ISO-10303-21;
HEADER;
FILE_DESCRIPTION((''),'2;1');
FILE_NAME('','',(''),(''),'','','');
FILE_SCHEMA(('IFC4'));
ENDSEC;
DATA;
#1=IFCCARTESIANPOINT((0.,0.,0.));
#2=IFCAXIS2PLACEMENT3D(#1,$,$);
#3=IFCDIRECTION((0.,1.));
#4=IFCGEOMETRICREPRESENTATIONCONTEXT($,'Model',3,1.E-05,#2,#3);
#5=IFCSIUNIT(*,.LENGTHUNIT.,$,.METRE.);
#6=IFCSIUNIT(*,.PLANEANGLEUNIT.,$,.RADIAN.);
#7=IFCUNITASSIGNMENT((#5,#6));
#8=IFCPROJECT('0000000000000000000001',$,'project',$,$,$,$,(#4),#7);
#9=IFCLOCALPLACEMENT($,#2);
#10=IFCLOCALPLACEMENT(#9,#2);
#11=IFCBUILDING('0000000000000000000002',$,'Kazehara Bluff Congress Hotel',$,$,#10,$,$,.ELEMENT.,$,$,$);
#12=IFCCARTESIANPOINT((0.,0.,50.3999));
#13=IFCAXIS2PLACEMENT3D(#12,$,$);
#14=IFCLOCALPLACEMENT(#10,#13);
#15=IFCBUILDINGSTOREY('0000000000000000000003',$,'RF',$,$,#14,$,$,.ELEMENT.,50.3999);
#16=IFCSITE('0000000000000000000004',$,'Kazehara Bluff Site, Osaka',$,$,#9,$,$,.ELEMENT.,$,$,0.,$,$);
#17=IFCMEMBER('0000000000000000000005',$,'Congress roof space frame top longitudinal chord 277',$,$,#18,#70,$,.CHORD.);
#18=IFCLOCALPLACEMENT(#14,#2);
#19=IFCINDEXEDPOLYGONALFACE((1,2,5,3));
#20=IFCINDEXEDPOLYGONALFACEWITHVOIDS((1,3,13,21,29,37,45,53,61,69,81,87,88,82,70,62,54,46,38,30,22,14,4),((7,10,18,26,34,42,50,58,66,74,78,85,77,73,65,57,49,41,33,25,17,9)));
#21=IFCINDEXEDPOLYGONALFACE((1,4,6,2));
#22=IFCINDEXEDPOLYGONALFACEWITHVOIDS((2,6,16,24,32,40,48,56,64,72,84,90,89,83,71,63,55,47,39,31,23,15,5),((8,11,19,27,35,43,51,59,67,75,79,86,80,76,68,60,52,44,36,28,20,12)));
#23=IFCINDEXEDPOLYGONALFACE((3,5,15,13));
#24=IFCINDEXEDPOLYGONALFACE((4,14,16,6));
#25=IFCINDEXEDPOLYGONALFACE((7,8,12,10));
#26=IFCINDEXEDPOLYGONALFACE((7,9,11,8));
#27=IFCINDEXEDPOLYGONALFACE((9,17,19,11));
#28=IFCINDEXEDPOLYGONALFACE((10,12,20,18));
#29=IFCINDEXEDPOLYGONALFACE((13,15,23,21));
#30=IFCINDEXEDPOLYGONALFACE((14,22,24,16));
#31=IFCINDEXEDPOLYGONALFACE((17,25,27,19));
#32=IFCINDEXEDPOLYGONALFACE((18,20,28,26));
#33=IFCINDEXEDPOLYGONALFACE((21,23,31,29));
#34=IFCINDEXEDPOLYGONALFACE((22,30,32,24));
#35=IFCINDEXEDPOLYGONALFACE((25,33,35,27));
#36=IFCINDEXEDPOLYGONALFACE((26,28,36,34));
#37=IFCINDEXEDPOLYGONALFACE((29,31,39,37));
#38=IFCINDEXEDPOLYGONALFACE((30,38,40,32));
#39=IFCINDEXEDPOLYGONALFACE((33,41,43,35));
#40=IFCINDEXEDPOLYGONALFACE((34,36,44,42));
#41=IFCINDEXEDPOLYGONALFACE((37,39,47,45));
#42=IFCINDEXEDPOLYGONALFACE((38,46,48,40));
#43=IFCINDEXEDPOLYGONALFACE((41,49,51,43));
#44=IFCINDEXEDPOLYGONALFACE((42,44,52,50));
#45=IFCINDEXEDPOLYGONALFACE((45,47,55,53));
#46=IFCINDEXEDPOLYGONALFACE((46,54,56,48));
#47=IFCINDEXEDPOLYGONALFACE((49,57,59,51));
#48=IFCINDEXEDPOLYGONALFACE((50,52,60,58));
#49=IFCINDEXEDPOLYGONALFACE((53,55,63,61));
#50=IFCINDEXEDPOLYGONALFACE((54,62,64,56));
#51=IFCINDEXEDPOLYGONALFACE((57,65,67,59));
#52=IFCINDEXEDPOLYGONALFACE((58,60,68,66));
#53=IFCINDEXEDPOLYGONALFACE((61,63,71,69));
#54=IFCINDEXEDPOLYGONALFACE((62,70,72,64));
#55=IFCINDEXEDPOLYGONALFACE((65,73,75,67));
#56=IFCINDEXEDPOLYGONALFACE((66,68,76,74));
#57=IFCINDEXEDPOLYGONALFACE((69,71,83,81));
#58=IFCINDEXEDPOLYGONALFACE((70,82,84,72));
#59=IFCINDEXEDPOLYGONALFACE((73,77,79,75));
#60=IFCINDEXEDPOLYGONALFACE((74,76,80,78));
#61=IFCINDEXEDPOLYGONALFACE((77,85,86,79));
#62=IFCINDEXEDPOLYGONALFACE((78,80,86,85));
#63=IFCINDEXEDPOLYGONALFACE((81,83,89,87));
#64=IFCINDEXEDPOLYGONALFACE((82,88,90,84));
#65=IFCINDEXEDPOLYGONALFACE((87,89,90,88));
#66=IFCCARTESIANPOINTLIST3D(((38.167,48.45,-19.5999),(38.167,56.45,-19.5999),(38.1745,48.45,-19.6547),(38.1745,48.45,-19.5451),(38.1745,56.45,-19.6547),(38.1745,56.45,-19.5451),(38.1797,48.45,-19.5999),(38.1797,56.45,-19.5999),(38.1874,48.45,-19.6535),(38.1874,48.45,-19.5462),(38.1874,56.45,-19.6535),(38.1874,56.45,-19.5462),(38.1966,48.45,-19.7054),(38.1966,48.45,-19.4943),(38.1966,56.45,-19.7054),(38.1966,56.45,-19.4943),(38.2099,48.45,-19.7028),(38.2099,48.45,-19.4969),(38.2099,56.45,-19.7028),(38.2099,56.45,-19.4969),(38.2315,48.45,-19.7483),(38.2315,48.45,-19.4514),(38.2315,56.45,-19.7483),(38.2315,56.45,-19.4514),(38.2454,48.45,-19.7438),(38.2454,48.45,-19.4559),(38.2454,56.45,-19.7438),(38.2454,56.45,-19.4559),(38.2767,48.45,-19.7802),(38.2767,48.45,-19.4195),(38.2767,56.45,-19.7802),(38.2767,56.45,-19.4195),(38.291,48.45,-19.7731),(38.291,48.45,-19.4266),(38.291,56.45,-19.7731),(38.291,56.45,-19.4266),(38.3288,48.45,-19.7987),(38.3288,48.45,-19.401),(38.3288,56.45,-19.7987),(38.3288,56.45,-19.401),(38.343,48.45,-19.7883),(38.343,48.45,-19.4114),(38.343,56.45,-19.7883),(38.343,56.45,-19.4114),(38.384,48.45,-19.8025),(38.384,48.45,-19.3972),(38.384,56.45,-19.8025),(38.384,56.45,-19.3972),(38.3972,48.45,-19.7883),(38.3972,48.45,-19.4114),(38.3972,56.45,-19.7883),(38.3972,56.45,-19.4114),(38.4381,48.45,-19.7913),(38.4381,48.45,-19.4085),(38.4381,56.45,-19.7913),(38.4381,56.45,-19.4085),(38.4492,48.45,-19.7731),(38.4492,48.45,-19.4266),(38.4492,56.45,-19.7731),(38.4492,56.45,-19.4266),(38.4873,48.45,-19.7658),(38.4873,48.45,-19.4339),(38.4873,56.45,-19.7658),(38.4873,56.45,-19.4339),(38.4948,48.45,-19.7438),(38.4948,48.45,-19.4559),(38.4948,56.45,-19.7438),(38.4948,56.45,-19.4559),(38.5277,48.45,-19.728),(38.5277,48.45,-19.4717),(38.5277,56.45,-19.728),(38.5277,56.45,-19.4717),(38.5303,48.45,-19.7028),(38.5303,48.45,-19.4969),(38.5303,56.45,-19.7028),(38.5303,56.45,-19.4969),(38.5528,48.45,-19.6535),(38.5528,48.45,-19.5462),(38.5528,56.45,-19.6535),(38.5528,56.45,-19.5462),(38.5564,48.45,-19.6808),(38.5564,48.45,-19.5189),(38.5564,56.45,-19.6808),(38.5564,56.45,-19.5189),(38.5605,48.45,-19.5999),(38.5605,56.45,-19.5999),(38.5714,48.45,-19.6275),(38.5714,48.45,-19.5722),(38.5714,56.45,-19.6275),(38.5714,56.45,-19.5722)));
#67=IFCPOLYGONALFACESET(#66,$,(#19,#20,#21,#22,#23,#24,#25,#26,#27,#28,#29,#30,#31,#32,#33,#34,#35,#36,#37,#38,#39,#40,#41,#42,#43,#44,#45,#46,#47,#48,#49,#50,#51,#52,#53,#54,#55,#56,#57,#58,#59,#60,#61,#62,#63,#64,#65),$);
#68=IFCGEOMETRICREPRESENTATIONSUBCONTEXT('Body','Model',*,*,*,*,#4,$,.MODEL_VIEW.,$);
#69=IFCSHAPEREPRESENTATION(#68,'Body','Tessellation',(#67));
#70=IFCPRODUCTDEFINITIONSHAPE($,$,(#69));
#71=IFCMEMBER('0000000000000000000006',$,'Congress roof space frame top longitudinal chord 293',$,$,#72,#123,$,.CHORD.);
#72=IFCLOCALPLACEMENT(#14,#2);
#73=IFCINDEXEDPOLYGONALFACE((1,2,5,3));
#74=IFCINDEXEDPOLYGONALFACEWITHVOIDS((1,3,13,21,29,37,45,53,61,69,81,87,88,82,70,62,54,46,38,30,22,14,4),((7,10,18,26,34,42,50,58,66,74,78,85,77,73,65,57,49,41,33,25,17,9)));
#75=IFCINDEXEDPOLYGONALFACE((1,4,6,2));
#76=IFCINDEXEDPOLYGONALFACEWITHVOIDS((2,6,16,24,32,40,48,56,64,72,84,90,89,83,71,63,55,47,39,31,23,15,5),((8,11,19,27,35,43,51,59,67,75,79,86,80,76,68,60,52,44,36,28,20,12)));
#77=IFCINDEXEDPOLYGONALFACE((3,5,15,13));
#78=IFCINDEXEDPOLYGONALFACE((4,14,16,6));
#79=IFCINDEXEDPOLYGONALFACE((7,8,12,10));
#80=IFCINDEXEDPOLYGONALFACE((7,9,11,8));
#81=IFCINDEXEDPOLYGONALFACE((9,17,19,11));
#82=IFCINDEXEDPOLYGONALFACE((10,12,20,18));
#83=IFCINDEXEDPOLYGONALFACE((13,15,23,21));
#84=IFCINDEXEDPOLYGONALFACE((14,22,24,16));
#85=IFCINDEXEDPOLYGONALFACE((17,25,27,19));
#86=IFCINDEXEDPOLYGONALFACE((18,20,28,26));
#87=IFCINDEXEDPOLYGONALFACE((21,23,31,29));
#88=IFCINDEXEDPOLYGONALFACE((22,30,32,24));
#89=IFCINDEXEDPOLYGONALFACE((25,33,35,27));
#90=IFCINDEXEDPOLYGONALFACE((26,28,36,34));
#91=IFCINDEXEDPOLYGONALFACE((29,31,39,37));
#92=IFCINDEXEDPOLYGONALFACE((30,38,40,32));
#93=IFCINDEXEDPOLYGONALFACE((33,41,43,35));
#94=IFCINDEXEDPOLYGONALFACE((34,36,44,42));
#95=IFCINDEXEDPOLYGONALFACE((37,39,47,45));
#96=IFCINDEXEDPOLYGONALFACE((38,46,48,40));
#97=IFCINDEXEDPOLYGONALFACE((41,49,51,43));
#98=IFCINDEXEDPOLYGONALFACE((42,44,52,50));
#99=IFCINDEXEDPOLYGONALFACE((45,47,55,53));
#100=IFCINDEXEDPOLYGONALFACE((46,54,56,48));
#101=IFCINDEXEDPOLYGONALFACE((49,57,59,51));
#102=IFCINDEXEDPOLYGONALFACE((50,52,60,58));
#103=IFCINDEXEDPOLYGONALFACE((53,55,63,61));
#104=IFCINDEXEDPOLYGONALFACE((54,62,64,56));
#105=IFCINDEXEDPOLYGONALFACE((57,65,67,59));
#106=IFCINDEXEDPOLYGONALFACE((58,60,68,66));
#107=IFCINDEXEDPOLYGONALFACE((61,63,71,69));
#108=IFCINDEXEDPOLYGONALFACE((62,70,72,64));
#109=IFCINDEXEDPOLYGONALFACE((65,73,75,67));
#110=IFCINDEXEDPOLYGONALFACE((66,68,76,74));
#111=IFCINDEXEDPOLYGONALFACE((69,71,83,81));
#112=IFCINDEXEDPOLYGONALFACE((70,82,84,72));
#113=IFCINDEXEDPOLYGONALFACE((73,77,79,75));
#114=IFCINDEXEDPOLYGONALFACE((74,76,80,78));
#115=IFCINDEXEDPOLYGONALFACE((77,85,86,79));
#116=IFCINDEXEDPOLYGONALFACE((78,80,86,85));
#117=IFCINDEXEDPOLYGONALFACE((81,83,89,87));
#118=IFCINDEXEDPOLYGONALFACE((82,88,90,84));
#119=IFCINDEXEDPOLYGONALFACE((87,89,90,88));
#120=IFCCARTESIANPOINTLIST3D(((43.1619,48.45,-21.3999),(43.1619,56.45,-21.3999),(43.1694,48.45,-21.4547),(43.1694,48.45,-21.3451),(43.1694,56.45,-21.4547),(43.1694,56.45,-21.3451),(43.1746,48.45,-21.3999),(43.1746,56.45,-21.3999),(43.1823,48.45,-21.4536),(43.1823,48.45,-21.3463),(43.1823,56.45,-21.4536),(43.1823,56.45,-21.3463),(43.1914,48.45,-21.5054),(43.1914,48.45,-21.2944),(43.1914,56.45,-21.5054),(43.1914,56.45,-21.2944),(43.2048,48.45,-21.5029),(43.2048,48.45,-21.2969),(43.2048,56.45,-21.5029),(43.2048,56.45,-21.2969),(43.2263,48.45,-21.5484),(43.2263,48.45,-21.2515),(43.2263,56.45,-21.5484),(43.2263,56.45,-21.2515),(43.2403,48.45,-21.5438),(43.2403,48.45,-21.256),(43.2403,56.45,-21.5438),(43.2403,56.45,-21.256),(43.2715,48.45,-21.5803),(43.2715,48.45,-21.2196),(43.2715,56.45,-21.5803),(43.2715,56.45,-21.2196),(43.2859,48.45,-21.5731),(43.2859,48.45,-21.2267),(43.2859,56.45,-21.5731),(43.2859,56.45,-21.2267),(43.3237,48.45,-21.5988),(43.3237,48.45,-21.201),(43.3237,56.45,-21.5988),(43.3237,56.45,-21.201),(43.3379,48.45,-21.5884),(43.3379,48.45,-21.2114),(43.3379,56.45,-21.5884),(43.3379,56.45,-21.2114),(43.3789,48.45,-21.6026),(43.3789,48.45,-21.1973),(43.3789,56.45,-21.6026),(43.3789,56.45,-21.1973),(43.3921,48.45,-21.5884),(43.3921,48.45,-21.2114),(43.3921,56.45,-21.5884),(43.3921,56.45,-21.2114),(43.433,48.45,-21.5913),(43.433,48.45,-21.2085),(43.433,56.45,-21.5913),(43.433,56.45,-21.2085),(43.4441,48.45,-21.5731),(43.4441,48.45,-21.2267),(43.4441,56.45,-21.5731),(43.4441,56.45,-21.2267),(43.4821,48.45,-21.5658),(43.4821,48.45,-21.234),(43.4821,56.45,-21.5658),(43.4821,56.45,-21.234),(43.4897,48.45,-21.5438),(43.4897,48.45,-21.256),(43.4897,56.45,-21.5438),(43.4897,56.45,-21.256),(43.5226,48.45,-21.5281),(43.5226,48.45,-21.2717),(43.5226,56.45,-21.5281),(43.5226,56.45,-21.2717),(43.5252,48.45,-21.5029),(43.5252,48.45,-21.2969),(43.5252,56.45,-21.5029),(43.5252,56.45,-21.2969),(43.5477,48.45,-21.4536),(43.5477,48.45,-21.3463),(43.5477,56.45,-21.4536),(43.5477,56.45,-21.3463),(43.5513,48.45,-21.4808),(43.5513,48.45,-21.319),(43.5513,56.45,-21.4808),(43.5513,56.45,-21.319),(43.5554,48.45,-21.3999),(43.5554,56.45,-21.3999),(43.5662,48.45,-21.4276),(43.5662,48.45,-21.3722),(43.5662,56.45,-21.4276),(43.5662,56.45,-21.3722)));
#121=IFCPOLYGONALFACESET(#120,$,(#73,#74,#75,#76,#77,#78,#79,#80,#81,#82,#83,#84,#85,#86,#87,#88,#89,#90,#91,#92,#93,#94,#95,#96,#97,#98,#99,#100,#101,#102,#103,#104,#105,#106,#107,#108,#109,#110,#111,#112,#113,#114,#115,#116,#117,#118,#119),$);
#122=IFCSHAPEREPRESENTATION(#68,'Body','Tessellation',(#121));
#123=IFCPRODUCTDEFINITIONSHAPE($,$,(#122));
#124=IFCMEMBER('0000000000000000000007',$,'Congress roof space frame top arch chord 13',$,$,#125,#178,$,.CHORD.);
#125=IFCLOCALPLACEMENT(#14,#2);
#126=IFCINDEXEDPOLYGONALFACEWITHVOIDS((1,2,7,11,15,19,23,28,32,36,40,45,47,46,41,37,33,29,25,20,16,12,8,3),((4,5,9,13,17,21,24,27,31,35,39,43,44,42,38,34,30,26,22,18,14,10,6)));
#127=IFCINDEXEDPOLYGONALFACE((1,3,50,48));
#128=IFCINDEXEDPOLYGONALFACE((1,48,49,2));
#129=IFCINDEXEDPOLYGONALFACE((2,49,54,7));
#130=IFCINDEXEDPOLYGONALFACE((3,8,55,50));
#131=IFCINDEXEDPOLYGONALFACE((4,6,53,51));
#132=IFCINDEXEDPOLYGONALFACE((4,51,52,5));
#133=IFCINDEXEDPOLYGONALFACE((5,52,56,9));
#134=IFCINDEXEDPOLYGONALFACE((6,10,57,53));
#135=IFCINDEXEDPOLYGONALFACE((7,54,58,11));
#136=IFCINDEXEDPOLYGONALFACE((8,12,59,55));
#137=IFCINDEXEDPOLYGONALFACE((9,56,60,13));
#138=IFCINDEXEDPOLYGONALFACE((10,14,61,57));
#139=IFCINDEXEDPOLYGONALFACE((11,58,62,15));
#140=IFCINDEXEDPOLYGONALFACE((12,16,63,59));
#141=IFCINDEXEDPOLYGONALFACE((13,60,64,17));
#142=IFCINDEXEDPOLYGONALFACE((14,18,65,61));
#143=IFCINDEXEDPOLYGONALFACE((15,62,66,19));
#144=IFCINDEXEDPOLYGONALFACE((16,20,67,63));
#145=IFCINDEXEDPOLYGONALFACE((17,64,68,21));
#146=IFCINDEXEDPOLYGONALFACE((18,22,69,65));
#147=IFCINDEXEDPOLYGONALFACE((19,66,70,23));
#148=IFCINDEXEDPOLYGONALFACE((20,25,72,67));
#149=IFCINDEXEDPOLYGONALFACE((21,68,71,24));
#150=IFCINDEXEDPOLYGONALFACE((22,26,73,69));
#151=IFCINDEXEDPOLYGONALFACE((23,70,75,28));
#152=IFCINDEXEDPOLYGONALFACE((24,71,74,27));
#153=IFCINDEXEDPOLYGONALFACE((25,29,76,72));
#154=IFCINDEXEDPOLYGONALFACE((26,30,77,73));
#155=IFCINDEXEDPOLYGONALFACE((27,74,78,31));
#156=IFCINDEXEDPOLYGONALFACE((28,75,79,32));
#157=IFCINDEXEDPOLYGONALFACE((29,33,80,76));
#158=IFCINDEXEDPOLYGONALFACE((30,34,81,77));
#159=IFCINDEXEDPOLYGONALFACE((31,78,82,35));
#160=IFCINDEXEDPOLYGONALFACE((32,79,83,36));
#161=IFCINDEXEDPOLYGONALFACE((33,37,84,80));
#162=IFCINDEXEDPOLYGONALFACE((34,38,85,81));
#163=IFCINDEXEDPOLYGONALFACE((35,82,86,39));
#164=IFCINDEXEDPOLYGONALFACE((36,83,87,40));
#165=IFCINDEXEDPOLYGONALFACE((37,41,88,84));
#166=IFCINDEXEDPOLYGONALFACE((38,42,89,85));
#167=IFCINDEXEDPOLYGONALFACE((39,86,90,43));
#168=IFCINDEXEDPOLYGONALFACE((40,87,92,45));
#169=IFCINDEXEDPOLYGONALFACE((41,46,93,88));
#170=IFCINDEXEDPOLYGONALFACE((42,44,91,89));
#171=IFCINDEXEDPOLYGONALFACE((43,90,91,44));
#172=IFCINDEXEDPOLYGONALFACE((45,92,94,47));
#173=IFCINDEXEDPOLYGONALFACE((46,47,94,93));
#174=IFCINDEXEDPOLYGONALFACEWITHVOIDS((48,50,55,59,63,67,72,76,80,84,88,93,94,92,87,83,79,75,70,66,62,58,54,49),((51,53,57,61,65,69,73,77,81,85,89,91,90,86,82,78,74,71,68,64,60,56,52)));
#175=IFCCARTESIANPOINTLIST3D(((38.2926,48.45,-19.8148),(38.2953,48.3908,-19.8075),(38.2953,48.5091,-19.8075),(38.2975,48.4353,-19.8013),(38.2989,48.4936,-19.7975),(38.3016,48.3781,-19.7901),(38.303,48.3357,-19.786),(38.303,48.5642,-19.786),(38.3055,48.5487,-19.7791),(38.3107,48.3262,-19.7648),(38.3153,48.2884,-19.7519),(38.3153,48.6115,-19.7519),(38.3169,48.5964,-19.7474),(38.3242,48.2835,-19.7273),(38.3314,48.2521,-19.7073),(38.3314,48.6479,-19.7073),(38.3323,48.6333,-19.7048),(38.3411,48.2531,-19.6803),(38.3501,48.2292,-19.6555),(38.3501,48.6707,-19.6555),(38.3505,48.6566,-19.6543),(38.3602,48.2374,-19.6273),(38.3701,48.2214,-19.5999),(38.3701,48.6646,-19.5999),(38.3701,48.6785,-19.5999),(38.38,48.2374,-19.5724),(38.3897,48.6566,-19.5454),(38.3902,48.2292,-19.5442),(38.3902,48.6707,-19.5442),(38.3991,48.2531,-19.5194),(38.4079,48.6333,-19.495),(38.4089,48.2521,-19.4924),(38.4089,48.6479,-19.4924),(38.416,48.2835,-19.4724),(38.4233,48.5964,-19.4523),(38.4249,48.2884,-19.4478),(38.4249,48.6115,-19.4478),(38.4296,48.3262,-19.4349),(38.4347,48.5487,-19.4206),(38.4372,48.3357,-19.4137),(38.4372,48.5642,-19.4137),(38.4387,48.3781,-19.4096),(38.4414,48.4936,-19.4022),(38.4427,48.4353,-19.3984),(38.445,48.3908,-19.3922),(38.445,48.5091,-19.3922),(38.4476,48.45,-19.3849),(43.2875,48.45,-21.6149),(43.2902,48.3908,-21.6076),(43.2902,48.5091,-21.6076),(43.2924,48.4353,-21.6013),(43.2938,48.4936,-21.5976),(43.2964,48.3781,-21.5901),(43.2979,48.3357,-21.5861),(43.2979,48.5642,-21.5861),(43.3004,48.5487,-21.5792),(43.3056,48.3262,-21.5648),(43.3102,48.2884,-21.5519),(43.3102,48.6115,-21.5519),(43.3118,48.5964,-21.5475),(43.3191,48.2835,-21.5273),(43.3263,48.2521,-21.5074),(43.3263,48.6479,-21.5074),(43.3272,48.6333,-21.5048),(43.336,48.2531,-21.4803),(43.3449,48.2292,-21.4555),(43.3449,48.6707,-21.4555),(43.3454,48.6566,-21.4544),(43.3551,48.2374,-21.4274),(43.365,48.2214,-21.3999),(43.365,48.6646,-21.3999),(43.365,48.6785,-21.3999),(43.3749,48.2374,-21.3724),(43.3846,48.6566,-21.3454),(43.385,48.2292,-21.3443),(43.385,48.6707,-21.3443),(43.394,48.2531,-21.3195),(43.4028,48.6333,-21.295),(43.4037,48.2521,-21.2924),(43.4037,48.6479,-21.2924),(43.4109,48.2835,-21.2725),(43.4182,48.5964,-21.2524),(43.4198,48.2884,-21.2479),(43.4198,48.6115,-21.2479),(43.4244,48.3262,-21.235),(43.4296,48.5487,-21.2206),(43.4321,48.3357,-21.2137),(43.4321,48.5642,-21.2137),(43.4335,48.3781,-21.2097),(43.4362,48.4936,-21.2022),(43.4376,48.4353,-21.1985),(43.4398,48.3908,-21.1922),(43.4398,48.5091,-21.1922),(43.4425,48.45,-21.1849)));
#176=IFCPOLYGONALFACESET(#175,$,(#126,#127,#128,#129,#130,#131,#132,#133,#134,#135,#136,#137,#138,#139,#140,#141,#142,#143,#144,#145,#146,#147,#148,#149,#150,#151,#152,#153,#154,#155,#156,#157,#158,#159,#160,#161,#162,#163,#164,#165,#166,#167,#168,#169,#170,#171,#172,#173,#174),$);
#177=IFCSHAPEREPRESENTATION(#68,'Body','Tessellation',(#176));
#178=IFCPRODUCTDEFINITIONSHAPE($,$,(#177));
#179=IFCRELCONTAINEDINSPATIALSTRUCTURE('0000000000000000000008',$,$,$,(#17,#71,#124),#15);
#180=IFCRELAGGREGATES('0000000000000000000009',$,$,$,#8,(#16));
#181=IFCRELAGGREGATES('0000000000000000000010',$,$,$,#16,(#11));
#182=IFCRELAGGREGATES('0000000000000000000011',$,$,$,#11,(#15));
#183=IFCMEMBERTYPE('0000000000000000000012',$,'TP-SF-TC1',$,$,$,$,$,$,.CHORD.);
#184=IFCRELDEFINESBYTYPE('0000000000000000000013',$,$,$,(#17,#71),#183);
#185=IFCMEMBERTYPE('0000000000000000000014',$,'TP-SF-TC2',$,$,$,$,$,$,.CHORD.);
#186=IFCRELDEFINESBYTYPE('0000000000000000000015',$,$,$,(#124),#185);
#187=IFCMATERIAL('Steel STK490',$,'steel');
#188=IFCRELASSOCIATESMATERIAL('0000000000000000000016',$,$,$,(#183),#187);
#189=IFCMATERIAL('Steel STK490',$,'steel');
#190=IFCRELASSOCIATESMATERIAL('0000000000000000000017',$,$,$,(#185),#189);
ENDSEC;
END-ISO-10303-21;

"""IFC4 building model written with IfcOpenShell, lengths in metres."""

from ifc_helpers import new_model, si_unit, direction, frame, origin, origin_2d, place, context, subcontext, project, spatial, hollow_circle, extrude, material, material_profile, profile_set, type_object, element, save


model = new_model("IFC4")

# Units and contexts
model_context = context("Model", 3, precision=1e-05, world=origin(), true_north=direction((0.0, 1.0)))
body_context = subcontext(model_context, "Body", "Model", "MODEL_VIEW")
ifc_project = project(units=[si_unit("LENGTHUNIT", "METRE"), si_unit("PLANEANGLEUNIT", "RADIAN")], contexts=[model_context])

# Site, building, storey
site_placement = place(None, origin())
site = spatial("IfcSite", under=ifc_project, at=site_placement, Name="Kazehara Bluff Site, Osaka", CompositionType="ELEMENT", RefElevation=0.0)
building_placement = place(site_placement, origin())
building = spatial("IfcBuilding", under=site, at=building_placement, Name="Kazehara Bluff Congress Hotel", CompositionType="ELEMENT")
storey_placement = place(building_placement, frame((0.0, 0.0, 50.3999)))
storey = spatial("IfcBuildingStorey", under=building, at=storey_placement, Name="RF", CompositionType="ELEMENT", Elevation=50.3999)

# Members
ifc_material_1 = material(Name="Steel STK490", Category="steel")
ifc_material_profile_1 = material_profile(ifc_material_1, hollow_circle(Radius=0.2031, WallThickness=0.0127, at=origin_2d()))
ifc_profile_set_1 = profile_set([ifc_material_profile_1], Name="Steel STK490")
member_type_1 = type_object("IfcMemberType", Name="TP-SF-TC1", PredefinedType="CHORD", material=ifc_profile_set_1)
for number, where, z_axis, x_axis, name in (
    (1, (38.3701, 48.45, -19.5999), (0.0, 1.0, 0.0), (-1.0, 0.0, 0.0), "Congress roof space frame top longitudinal chord 277"),
    (2, (43.365, 48.45, -21.3999), (0.0, 1.0, 0.0), (-1.0, 0.0, 0.0), "Congress roof space frame top longitudinal chord 293"),
):
    element("IfcMember", number, at=place(storey_placement, frame(where, z_axis=z_axis, x_axis=x_axis)), inside=storey, type_object=member_type_1, Name=name, PredefinedType="CHORD", context=body_context, shape_type="SweptSolid", body=[
        extrude(hollow_circle(Radius=0.2031, WallThickness=0.0127, at=origin_2d()), origin(), (0.0, 0.0, 1.0), 8.0),
    ])
ifc_material_2 = material(Name="Steel STK490", Category="steel")
ifc_material_profile_2 = material_profile(ifc_material_2, hollow_circle(Radius=0.2285, WallThickness=0.0139, at=origin_2d()))
ifc_profile_set_2 = profile_set([ifc_material_profile_2], Name="Steel STK490")
member_type_2 = type_object("IfcMemberType", Name="TP-SF-TC2", PredefinedType="CHORD", material=ifc_profile_set_2)
member_1_placement = place(storey_placement, frame((38.3701, 48.45, -19.5999), z_axis=(0.940774, 0.0, -0.339035), x_axis=(0.0, 1.0, 0.0)))
element("IfcMember", 3, at=member_1_placement, inside=storey, type_object=member_type_2, Name="Congress roof space frame top arch chord 13", PredefinedType="CHORD", context=body_context, shape_type="SweptSolid", body=[
    extrude(hollow_circle(Radius=0.2285, WallThickness=0.0139, at=origin_2d()), origin(), (0.0, 0.0, 1.0), 5.3093),
])

save(model, "model.ifc")
